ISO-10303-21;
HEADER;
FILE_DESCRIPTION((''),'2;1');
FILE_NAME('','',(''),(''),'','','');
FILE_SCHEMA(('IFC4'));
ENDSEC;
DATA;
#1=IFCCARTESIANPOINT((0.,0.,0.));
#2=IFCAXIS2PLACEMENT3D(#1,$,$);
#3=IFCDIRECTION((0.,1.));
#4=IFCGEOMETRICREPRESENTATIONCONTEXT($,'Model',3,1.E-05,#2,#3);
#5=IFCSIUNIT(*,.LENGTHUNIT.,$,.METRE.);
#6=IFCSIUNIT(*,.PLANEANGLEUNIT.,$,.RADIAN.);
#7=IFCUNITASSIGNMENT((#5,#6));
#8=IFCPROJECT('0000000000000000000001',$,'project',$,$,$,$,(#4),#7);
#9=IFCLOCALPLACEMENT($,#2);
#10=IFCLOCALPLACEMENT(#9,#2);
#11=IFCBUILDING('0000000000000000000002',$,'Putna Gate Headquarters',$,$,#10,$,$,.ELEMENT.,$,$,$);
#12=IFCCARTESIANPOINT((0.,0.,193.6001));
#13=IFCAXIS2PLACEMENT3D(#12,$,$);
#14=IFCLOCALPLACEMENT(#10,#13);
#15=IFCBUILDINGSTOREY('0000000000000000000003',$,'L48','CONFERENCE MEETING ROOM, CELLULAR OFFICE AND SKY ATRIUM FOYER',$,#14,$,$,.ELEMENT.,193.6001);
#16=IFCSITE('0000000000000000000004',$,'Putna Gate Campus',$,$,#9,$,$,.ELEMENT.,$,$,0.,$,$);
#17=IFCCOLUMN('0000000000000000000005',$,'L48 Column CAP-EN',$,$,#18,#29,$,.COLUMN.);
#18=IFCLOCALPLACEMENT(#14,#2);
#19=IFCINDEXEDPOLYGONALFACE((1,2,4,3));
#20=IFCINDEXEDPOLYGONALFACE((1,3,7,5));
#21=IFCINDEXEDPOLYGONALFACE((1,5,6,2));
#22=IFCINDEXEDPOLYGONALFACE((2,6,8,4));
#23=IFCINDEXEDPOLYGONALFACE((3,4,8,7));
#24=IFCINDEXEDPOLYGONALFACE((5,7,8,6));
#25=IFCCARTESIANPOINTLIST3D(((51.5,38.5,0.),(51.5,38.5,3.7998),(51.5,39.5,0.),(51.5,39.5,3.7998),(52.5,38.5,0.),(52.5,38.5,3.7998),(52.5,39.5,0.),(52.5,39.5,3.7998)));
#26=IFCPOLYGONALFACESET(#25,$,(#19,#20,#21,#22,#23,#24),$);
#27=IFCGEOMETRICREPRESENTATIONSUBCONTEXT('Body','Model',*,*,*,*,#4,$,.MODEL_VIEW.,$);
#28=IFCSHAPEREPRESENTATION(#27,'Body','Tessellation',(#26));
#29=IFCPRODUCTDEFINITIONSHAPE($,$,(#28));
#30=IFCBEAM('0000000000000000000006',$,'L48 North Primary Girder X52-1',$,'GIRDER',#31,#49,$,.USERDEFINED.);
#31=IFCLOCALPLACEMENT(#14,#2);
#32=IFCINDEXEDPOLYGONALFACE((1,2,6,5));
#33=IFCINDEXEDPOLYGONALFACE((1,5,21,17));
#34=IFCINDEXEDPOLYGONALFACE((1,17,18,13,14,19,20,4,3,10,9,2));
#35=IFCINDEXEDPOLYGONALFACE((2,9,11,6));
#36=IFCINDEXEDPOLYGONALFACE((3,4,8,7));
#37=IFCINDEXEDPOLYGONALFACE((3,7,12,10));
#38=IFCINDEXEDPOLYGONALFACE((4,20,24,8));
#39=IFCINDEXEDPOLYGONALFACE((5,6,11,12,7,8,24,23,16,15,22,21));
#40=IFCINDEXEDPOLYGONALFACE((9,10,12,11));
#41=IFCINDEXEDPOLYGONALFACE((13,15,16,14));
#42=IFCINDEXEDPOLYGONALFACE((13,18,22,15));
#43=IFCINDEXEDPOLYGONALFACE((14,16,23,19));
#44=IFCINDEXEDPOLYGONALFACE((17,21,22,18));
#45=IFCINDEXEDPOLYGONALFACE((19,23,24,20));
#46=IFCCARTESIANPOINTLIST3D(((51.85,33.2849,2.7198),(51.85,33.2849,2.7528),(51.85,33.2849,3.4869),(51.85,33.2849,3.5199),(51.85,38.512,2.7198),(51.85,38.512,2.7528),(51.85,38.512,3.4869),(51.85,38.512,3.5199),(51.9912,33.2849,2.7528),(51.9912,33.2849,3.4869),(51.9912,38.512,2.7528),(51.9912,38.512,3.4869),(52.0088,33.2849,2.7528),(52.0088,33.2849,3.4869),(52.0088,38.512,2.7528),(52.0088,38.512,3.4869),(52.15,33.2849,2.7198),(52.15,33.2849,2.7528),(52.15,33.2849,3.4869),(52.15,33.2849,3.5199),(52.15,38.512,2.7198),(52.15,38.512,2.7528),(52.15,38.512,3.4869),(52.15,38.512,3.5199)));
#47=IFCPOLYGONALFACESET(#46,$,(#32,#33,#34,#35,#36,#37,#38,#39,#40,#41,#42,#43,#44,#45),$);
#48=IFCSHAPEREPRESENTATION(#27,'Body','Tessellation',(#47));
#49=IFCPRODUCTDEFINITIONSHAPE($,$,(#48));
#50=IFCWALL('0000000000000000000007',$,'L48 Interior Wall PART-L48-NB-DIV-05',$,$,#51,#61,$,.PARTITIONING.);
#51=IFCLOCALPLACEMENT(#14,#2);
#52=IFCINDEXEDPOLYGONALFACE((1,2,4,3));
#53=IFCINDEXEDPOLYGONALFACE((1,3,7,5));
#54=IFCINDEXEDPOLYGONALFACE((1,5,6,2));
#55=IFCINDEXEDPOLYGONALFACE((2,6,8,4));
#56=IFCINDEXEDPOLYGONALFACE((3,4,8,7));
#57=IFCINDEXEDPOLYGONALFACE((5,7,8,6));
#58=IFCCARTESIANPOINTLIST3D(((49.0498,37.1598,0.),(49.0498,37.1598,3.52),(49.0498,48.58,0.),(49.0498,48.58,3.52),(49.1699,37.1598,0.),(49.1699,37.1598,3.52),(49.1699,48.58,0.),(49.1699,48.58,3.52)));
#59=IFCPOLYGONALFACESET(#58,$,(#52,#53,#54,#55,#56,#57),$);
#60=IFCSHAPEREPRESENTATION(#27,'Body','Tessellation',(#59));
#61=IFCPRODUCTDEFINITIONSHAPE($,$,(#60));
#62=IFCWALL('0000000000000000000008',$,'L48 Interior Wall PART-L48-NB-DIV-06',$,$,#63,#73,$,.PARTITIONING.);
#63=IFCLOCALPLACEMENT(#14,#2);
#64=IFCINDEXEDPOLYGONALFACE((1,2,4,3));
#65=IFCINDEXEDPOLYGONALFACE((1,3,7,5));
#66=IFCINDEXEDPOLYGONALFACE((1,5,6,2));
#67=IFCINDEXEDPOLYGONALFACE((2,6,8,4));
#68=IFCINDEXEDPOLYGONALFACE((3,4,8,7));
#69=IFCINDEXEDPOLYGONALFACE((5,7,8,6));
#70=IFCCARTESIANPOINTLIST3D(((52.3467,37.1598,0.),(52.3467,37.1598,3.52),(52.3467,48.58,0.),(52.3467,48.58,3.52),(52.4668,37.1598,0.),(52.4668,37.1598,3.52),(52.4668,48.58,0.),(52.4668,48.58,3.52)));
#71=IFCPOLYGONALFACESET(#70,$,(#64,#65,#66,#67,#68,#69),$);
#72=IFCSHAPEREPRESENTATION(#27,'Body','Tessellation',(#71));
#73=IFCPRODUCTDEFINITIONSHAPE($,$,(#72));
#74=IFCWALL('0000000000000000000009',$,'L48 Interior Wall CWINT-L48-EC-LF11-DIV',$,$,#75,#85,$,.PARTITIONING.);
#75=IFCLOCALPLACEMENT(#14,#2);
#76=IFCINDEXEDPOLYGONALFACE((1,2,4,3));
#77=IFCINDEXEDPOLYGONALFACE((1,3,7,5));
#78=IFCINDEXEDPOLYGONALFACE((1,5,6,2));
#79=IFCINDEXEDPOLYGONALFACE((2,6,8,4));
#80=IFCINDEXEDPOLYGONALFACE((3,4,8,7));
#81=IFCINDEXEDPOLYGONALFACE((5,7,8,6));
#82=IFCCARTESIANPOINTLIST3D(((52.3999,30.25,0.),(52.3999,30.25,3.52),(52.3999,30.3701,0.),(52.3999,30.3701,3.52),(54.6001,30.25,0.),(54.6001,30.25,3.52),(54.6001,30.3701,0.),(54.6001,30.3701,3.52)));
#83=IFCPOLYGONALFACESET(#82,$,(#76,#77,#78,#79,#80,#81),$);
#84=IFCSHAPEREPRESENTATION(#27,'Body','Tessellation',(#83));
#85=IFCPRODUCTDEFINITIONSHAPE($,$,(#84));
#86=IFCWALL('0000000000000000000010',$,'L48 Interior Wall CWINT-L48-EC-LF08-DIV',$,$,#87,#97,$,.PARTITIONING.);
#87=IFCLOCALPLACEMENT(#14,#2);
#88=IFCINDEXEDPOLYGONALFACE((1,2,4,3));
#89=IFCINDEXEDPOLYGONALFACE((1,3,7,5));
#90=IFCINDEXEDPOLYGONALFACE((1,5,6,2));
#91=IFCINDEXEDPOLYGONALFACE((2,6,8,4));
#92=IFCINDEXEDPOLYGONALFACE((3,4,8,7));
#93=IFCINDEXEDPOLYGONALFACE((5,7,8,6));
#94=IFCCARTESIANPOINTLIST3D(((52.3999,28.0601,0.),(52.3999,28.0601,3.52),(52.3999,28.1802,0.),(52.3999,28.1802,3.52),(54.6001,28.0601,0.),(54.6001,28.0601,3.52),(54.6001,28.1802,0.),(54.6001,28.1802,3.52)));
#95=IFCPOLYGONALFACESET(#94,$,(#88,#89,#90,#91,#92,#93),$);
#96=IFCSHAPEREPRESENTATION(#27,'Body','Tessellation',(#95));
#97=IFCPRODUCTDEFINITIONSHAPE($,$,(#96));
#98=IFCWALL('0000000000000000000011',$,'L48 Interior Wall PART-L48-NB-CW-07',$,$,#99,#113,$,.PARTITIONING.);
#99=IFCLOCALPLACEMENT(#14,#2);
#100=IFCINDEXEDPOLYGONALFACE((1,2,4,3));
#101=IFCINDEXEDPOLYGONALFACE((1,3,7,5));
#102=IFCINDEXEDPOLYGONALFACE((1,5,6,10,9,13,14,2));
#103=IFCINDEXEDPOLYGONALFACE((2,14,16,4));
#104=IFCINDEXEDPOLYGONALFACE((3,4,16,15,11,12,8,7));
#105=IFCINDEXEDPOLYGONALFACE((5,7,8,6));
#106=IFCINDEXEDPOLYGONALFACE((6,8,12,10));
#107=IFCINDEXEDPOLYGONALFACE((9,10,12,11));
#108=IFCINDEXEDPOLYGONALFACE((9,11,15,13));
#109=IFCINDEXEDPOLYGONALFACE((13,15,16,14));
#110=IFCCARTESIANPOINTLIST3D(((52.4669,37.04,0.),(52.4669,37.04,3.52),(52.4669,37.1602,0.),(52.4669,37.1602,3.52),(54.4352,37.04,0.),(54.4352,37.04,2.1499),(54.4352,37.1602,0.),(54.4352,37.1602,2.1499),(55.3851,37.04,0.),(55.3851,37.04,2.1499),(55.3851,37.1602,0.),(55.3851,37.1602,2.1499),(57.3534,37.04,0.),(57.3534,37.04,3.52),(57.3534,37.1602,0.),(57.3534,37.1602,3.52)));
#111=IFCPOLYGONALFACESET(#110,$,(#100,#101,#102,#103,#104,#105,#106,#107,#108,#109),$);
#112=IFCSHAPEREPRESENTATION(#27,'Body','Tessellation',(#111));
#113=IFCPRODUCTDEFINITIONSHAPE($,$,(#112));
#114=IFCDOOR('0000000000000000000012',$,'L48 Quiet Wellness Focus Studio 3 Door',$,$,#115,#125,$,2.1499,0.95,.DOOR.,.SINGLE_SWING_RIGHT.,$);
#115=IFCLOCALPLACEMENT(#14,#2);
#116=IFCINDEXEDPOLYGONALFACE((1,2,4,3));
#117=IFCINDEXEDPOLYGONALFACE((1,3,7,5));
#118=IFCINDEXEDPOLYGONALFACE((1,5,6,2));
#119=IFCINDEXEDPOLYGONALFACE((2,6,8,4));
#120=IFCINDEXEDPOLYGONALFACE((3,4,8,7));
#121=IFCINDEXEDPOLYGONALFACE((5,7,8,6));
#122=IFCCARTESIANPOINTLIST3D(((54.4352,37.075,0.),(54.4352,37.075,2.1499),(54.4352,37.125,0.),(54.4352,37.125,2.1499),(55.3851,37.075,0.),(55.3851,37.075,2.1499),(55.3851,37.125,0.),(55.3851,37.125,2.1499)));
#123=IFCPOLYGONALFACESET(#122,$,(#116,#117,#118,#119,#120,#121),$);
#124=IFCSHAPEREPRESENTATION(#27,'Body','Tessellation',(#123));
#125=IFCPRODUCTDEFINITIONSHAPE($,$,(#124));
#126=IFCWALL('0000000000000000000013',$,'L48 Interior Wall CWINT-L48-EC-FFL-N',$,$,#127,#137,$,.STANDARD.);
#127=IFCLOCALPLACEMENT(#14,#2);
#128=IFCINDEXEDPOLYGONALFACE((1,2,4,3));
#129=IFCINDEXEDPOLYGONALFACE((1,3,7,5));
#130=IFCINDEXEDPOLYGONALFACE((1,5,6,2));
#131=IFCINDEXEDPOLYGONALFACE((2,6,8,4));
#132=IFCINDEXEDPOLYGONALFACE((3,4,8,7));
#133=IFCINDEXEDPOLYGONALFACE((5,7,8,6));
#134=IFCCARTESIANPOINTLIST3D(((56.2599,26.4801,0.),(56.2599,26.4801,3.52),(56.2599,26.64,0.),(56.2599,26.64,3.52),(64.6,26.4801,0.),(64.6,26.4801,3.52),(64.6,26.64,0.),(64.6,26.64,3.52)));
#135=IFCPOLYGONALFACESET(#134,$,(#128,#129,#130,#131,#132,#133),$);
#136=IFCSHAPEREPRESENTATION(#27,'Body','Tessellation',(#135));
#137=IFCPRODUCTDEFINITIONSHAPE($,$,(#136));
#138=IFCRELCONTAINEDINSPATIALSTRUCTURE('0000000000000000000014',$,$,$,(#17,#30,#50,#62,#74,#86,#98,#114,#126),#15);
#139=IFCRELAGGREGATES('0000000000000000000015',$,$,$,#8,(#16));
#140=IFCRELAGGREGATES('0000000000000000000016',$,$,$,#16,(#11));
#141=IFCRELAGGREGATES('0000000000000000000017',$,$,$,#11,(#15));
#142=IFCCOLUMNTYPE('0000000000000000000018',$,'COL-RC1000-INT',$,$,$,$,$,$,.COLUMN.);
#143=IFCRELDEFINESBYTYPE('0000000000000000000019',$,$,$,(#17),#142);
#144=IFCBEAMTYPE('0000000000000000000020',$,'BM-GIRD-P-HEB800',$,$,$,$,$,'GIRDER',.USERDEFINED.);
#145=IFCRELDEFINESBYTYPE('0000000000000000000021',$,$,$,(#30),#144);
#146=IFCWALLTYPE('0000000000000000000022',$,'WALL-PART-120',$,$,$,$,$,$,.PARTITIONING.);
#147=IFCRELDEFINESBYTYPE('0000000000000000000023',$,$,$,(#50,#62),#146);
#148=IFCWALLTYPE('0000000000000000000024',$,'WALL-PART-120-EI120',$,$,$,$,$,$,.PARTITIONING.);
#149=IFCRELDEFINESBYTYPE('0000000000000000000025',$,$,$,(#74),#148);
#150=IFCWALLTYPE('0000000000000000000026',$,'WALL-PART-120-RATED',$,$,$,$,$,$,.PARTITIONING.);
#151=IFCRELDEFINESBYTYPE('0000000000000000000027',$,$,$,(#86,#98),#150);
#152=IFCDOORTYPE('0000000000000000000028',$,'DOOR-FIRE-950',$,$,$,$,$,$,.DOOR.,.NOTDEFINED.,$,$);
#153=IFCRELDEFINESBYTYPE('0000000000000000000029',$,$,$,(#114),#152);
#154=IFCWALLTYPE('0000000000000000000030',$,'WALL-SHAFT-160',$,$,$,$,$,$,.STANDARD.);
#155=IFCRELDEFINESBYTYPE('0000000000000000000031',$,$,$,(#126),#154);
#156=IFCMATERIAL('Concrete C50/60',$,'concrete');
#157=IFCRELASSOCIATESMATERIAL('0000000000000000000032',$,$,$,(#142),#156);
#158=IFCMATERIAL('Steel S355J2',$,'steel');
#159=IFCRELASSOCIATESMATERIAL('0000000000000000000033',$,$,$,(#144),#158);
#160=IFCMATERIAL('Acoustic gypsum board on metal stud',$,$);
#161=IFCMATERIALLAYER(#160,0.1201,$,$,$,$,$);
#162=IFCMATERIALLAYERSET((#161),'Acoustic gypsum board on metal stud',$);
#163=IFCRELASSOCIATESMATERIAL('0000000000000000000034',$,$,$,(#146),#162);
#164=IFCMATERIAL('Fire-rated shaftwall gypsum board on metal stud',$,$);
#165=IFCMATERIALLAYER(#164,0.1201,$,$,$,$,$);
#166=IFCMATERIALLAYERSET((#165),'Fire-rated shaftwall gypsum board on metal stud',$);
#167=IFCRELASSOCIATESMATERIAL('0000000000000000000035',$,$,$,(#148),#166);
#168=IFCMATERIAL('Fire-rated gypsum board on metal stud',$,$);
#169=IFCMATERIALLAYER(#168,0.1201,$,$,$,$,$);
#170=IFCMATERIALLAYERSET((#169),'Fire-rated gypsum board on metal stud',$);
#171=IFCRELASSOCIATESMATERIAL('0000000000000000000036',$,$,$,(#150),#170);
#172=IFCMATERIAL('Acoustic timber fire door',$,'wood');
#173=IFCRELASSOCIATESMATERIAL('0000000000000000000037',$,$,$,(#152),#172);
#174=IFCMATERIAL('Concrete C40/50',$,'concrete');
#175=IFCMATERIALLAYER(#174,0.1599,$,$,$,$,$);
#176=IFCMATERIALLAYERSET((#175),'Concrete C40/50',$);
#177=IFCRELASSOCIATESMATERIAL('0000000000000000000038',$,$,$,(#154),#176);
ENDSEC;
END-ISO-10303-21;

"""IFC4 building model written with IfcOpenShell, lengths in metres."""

from ifc_helpers import new_model, si_unit, direction, frame, frame_2d, origin, origin_2d, place, context, subcontext, project, spatial, rectangle, i_section, extrude, material, layer, layer_set, material_profile, profile_set, type_object, element, fill, save


model = new_model("IFC4")

# Units and contexts
model_context = context("Model", 3, precision=1e-05, world=origin(), true_north=direction((0.0, 1.0)))
body_context = subcontext(model_context, "Body", "Model", "MODEL_VIEW")
ifc_project = project(units=[si_unit("LENGTHUNIT", "METRE"), si_unit("PLANEANGLEUNIT", "RADIAN")], contexts=[model_context])

# Site, building, storey
site_placement = place(None, origin())
site = spatial("IfcSite", under=ifc_project, at=site_placement, Name="Putna Gate Campus", CompositionType="ELEMENT", RefElevation=0.0)
building_placement = place(site_placement, origin())
building = spatial("IfcBuilding", under=site, at=building_placement, Name="Putna Gate Headquarters", CompositionType="ELEMENT")
storey_placement = place(building_placement, frame((0.0, 0.0, 193.6001)))
storey = spatial("IfcBuildingStorey", under=building, at=storey_placement, Name="L48", Description="CONFERENCE MEETING ROOM, CELLULAR OFFICE AND SKY ATRIUM FOYER", CompositionType="ELEMENT", Elevation=193.6001)

# Column
ifc_material_1 = material(Name="Concrete C50/60", Category="concrete")
ifc_material_profile_1 = material_profile(ifc_material_1, rectangle(XDim=1.0, YDim=1.0, at=origin_2d()), Name="Concrete C50/60")
ifc_profile_set_1 = profile_set([ifc_material_profile_1], Name="Concrete C50/60")
column_type = type_object("IfcColumnType", Name="COL-RC1000-INT", PredefinedType="COLUMN", material=ifc_profile_set_1)
column_placement = place(storey_placement, frame((52.0, 39.0, 0.0), z_axis=(0.0, 0.0, 1.0), x_axis=(1.0, 0.0, 0.0)))
element("IfcColumn", 1, at=column_placement, inside=storey, type_object=column_type, Name="L48 Column CAP-EN", PredefinedType="COLUMN", context=body_context, shape_type="SweptSolid", body=[
    extrude(rectangle(XDim=1.0, YDim=1.0, at=origin_2d()), origin(), (0.0, 0.0, 1.0), 3.7998),
])

# Beam
ifc_material_2 = material(Name="Steel S355J2", Category="steel")
ifc_material_profile_2 = material_profile(ifc_material_2, i_section(OverallWidth=0.3, OverallDepth=0.8, WebThickness=0.0176, FlangeThickness=0.033, at=origin_2d()), Name="Steel S355J2")
ifc_profile_set_2 = profile_set([ifc_material_profile_2], Name="Steel S355J2")
beam_type = type_object("IfcBeamType", Name="BM-GIRD-P-HEB800", ElementType="GIRDER", PredefinedType="USERDEFINED", material=ifc_profile_set_2)
beam_placement = place(storey_placement, frame((52.0, 33.2849, 3.1199), z_axis=(0.0, 1.0, 0.0), x_axis=(-1.0, 0.0, 0.0)))
element("IfcBeam", 2, at=beam_placement, inside=storey, type_object=beam_type, Name="L48 North Primary Girder X52-1", ObjectType="GIRDER", PredefinedType="USERDEFINED", context=body_context, shape_type="SweptSolid", body=[
    extrude(i_section(OverallWidth=0.3, OverallDepth=0.8, WebThickness=0.0176, FlangeThickness=0.033, at=origin_2d()), origin(), (0.0, 0.0, 1.0), 5.2271),
])

# Shared definitions
ifc_material_3 = material(Name="Acoustic gypsum board on metal stud")
ifc_layer_1 = layer(ifc_material_3, 0.1201)
ifc_layer_set_1 = layer_set([ifc_layer_1], Name="Acoustic gypsum board on metal stud")
wall_type_1 = type_object("IfcWallType", Name="WALL-PART-120", PredefinedType="PARTITIONING", material=ifc_layer_set_1)

# Walls
for number, where, z_axis, x_axis, name in (
    (3, (49.1099, 37.1599, 0.0), (0.0, 0.0, 1.0), (0.0, 1.0, 0.0), "L48 Interior Wall PART-L48-NB-DIV-05"),
    (4, (52.4067, 37.1599, 0.0), (0.0, 0.0, 1.0), (0.0, 1.0, 0.0), "L48 Interior Wall PART-L48-NB-DIV-06"),
):
    element("IfcWall", number, at=place(storey_placement, frame(where, z_axis=z_axis, x_axis=x_axis)), inside=storey, type_object=wall_type_1, Name=name, PredefinedType="PARTITIONING", context=body_context, shape_type="SweptSolid", body=[
        extrude(rectangle(XDim=11.4202, YDim=0.1201, at=frame_2d((5.71, 0.0))), origin(), (0.0, 0.0, 1.0), 3.52),
    ])
ifc_material_4 = material(Name="Fire-rated shaftwall gypsum board on metal stud")
ifc_layer_2 = layer(ifc_material_4, 0.1201)
ifc_layer_set_2 = layer_set([ifc_layer_2], Name="Fire-rated shaftwall gypsum board on metal stud")
wall_type_2 = type_object("IfcWallType", Name="WALL-PART-120-EI120", PredefinedType="PARTITIONING", material=ifc_layer_set_2)
wall_1_placement = place(storey_placement, frame((52.3999, 30.3101, 0.0), z_axis=(0.0, 0.0, 1.0), x_axis=(1.0, 0.0, 0.0)))
element("IfcWall", 5, at=wall_1_placement, inside=storey, type_object=wall_type_2, Name="L48 Interior Wall CWINT-L48-EC-LF11-DIV", PredefinedType="PARTITIONING", context=body_context, shape_type="SweptSolid", body=[
    extrude(rectangle(XDim=2.2002, YDim=0.1201, at=frame_2d((1.1001, 0.0))), origin(), (0.0, 0.0, 1.0), 3.52),
])
ifc_material_5 = material(Name="Fire-rated gypsum board on metal stud")
ifc_layer_3 = layer(ifc_material_5, 0.1201)
ifc_layer_set_3 = layer_set([ifc_layer_3], Name="Fire-rated gypsum board on metal stud")
wall_type_3 = type_object("IfcWallType", Name="WALL-PART-120-RATED", PredefinedType="PARTITIONING", material=ifc_layer_set_3)
wall_2_placement = place(storey_placement, frame((52.3999, 28.1201, 0.0), z_axis=(0.0, 0.0, 1.0), x_axis=(1.0, 0.0, 0.0)))
element("IfcWall", 6, at=wall_2_placement, inside=storey, type_object=wall_type_3, Name="L48 Interior Wall CWINT-L48-EC-LF08-DIV", PredefinedType="PARTITIONING", context=body_context, shape_type="SweptSolid", body=[
    extrude(rectangle(XDim=2.2002, YDim=0.1201, at=frame_2d((1.1001, 0.0))), origin(), (0.0, 0.0, 1.0), 3.52),
])

# Wall, opening, door
ifc_material_6 = material(Name="Acoustic timber fire door", Category="wood")
door_type_1 = type_object("IfcDoorType", Name="DOOR-FIRE-950", OperationType="NOTDEFINED", PredefinedType="DOOR", material=ifc_material_6)
wall_3_placement = place(storey_placement, frame((52.4668, 37.1001, 0.0), z_axis=(0.0, 0.0, 1.0), x_axis=(1.0, 0.0, 0.0)))
wall_3 = element("IfcWall", 7, at=wall_3_placement, inside=storey, type_object=wall_type_3, Name="L48 Interior Wall PART-L48-NB-CW-07", PredefinedType="PARTITIONING", context=body_context, shape_type="SweptSolid", body=[
    extrude(rectangle(XDim=4.8865, YDim=0.1201, at=frame_2d((2.4434, 0.0))), origin(), (0.0, 0.0, 1.0), 3.52),
])
opening_1_placement = place(wall_3_placement, frame((1.9683, 0.0, 0.0)))
opening_1 = element("IfcOpeningElement", 8, at=opening_1_placement, cuts=wall_3, PredefinedType="OPENING", context=body_context, shape_type="SweptSolid", body=[
    extrude(rectangle(XDim=0.95, YDim=2.1499, at=frame_2d((0.4751, 1.075))), frame((0.0, 0.0701, 0.0), z_axis=(0.0, -1.0, 0.0), x_axis=(1.0, 0.0, 0.0)), (0.0, 0.0, 1.0), 0.1401),
])
door_1_placement = place(opening_1_placement, origin())
door_1 = element("IfcDoor", 9, at=door_1_placement, inside=storey, type_object=door_type_1, Name="L48 Quiet Wellness Focus Studio 3 Door", OperationType="SINGLE_SWING_RIGHT", OverallHeight=2.1499, OverallWidth=0.95, PredefinedType="DOOR", context=body_context, shape_type="SweptSolid", body=[
    extrude(rectangle(XDim=0.95, YDim=2.1499, at=frame_2d((0.4751, 1.075))), frame((0.0, 0.0249, 0.0), z_axis=(0.0, -1.0, 0.0), x_axis=(1.0, 0.0, 0.0)), (0.0, 0.0, 1.0), 0.05),
])
fill(opening_1, door_1)

# Wall
ifc_material_7 = material(Name="Concrete C40/50", Category="concrete")
ifc_layer_4 = layer(ifc_material_7, 0.1599)
ifc_layer_set_4 = layer_set([ifc_layer_4], Name="Concrete C40/50")
wall_type_4 = type_object("IfcWallType", Name="WALL-SHAFT-160", PredefinedType="STANDARD", material=ifc_layer_set_4)
wall_4_placement = place(storey_placement, frame((56.26, 26.5601, 0.0), z_axis=(0.0, 0.0, 1.0), x_axis=(1.0, 0.0, 0.0)))
element("IfcWall", 10, at=wall_4_placement, inside=storey, type_object=wall_type_4, Name="L48 Interior Wall CWINT-L48-EC-FFL-N", PredefinedType="STANDARD", context=body_context, shape_type="SweptSolid", body=[
    extrude(rectangle(XDim=8.3401, YDim=0.1599, at=frame_2d((4.1699, 0.0))), origin(), (0.0, 0.0, 1.0), 3.52),
])

save(model, "model.ifc")
